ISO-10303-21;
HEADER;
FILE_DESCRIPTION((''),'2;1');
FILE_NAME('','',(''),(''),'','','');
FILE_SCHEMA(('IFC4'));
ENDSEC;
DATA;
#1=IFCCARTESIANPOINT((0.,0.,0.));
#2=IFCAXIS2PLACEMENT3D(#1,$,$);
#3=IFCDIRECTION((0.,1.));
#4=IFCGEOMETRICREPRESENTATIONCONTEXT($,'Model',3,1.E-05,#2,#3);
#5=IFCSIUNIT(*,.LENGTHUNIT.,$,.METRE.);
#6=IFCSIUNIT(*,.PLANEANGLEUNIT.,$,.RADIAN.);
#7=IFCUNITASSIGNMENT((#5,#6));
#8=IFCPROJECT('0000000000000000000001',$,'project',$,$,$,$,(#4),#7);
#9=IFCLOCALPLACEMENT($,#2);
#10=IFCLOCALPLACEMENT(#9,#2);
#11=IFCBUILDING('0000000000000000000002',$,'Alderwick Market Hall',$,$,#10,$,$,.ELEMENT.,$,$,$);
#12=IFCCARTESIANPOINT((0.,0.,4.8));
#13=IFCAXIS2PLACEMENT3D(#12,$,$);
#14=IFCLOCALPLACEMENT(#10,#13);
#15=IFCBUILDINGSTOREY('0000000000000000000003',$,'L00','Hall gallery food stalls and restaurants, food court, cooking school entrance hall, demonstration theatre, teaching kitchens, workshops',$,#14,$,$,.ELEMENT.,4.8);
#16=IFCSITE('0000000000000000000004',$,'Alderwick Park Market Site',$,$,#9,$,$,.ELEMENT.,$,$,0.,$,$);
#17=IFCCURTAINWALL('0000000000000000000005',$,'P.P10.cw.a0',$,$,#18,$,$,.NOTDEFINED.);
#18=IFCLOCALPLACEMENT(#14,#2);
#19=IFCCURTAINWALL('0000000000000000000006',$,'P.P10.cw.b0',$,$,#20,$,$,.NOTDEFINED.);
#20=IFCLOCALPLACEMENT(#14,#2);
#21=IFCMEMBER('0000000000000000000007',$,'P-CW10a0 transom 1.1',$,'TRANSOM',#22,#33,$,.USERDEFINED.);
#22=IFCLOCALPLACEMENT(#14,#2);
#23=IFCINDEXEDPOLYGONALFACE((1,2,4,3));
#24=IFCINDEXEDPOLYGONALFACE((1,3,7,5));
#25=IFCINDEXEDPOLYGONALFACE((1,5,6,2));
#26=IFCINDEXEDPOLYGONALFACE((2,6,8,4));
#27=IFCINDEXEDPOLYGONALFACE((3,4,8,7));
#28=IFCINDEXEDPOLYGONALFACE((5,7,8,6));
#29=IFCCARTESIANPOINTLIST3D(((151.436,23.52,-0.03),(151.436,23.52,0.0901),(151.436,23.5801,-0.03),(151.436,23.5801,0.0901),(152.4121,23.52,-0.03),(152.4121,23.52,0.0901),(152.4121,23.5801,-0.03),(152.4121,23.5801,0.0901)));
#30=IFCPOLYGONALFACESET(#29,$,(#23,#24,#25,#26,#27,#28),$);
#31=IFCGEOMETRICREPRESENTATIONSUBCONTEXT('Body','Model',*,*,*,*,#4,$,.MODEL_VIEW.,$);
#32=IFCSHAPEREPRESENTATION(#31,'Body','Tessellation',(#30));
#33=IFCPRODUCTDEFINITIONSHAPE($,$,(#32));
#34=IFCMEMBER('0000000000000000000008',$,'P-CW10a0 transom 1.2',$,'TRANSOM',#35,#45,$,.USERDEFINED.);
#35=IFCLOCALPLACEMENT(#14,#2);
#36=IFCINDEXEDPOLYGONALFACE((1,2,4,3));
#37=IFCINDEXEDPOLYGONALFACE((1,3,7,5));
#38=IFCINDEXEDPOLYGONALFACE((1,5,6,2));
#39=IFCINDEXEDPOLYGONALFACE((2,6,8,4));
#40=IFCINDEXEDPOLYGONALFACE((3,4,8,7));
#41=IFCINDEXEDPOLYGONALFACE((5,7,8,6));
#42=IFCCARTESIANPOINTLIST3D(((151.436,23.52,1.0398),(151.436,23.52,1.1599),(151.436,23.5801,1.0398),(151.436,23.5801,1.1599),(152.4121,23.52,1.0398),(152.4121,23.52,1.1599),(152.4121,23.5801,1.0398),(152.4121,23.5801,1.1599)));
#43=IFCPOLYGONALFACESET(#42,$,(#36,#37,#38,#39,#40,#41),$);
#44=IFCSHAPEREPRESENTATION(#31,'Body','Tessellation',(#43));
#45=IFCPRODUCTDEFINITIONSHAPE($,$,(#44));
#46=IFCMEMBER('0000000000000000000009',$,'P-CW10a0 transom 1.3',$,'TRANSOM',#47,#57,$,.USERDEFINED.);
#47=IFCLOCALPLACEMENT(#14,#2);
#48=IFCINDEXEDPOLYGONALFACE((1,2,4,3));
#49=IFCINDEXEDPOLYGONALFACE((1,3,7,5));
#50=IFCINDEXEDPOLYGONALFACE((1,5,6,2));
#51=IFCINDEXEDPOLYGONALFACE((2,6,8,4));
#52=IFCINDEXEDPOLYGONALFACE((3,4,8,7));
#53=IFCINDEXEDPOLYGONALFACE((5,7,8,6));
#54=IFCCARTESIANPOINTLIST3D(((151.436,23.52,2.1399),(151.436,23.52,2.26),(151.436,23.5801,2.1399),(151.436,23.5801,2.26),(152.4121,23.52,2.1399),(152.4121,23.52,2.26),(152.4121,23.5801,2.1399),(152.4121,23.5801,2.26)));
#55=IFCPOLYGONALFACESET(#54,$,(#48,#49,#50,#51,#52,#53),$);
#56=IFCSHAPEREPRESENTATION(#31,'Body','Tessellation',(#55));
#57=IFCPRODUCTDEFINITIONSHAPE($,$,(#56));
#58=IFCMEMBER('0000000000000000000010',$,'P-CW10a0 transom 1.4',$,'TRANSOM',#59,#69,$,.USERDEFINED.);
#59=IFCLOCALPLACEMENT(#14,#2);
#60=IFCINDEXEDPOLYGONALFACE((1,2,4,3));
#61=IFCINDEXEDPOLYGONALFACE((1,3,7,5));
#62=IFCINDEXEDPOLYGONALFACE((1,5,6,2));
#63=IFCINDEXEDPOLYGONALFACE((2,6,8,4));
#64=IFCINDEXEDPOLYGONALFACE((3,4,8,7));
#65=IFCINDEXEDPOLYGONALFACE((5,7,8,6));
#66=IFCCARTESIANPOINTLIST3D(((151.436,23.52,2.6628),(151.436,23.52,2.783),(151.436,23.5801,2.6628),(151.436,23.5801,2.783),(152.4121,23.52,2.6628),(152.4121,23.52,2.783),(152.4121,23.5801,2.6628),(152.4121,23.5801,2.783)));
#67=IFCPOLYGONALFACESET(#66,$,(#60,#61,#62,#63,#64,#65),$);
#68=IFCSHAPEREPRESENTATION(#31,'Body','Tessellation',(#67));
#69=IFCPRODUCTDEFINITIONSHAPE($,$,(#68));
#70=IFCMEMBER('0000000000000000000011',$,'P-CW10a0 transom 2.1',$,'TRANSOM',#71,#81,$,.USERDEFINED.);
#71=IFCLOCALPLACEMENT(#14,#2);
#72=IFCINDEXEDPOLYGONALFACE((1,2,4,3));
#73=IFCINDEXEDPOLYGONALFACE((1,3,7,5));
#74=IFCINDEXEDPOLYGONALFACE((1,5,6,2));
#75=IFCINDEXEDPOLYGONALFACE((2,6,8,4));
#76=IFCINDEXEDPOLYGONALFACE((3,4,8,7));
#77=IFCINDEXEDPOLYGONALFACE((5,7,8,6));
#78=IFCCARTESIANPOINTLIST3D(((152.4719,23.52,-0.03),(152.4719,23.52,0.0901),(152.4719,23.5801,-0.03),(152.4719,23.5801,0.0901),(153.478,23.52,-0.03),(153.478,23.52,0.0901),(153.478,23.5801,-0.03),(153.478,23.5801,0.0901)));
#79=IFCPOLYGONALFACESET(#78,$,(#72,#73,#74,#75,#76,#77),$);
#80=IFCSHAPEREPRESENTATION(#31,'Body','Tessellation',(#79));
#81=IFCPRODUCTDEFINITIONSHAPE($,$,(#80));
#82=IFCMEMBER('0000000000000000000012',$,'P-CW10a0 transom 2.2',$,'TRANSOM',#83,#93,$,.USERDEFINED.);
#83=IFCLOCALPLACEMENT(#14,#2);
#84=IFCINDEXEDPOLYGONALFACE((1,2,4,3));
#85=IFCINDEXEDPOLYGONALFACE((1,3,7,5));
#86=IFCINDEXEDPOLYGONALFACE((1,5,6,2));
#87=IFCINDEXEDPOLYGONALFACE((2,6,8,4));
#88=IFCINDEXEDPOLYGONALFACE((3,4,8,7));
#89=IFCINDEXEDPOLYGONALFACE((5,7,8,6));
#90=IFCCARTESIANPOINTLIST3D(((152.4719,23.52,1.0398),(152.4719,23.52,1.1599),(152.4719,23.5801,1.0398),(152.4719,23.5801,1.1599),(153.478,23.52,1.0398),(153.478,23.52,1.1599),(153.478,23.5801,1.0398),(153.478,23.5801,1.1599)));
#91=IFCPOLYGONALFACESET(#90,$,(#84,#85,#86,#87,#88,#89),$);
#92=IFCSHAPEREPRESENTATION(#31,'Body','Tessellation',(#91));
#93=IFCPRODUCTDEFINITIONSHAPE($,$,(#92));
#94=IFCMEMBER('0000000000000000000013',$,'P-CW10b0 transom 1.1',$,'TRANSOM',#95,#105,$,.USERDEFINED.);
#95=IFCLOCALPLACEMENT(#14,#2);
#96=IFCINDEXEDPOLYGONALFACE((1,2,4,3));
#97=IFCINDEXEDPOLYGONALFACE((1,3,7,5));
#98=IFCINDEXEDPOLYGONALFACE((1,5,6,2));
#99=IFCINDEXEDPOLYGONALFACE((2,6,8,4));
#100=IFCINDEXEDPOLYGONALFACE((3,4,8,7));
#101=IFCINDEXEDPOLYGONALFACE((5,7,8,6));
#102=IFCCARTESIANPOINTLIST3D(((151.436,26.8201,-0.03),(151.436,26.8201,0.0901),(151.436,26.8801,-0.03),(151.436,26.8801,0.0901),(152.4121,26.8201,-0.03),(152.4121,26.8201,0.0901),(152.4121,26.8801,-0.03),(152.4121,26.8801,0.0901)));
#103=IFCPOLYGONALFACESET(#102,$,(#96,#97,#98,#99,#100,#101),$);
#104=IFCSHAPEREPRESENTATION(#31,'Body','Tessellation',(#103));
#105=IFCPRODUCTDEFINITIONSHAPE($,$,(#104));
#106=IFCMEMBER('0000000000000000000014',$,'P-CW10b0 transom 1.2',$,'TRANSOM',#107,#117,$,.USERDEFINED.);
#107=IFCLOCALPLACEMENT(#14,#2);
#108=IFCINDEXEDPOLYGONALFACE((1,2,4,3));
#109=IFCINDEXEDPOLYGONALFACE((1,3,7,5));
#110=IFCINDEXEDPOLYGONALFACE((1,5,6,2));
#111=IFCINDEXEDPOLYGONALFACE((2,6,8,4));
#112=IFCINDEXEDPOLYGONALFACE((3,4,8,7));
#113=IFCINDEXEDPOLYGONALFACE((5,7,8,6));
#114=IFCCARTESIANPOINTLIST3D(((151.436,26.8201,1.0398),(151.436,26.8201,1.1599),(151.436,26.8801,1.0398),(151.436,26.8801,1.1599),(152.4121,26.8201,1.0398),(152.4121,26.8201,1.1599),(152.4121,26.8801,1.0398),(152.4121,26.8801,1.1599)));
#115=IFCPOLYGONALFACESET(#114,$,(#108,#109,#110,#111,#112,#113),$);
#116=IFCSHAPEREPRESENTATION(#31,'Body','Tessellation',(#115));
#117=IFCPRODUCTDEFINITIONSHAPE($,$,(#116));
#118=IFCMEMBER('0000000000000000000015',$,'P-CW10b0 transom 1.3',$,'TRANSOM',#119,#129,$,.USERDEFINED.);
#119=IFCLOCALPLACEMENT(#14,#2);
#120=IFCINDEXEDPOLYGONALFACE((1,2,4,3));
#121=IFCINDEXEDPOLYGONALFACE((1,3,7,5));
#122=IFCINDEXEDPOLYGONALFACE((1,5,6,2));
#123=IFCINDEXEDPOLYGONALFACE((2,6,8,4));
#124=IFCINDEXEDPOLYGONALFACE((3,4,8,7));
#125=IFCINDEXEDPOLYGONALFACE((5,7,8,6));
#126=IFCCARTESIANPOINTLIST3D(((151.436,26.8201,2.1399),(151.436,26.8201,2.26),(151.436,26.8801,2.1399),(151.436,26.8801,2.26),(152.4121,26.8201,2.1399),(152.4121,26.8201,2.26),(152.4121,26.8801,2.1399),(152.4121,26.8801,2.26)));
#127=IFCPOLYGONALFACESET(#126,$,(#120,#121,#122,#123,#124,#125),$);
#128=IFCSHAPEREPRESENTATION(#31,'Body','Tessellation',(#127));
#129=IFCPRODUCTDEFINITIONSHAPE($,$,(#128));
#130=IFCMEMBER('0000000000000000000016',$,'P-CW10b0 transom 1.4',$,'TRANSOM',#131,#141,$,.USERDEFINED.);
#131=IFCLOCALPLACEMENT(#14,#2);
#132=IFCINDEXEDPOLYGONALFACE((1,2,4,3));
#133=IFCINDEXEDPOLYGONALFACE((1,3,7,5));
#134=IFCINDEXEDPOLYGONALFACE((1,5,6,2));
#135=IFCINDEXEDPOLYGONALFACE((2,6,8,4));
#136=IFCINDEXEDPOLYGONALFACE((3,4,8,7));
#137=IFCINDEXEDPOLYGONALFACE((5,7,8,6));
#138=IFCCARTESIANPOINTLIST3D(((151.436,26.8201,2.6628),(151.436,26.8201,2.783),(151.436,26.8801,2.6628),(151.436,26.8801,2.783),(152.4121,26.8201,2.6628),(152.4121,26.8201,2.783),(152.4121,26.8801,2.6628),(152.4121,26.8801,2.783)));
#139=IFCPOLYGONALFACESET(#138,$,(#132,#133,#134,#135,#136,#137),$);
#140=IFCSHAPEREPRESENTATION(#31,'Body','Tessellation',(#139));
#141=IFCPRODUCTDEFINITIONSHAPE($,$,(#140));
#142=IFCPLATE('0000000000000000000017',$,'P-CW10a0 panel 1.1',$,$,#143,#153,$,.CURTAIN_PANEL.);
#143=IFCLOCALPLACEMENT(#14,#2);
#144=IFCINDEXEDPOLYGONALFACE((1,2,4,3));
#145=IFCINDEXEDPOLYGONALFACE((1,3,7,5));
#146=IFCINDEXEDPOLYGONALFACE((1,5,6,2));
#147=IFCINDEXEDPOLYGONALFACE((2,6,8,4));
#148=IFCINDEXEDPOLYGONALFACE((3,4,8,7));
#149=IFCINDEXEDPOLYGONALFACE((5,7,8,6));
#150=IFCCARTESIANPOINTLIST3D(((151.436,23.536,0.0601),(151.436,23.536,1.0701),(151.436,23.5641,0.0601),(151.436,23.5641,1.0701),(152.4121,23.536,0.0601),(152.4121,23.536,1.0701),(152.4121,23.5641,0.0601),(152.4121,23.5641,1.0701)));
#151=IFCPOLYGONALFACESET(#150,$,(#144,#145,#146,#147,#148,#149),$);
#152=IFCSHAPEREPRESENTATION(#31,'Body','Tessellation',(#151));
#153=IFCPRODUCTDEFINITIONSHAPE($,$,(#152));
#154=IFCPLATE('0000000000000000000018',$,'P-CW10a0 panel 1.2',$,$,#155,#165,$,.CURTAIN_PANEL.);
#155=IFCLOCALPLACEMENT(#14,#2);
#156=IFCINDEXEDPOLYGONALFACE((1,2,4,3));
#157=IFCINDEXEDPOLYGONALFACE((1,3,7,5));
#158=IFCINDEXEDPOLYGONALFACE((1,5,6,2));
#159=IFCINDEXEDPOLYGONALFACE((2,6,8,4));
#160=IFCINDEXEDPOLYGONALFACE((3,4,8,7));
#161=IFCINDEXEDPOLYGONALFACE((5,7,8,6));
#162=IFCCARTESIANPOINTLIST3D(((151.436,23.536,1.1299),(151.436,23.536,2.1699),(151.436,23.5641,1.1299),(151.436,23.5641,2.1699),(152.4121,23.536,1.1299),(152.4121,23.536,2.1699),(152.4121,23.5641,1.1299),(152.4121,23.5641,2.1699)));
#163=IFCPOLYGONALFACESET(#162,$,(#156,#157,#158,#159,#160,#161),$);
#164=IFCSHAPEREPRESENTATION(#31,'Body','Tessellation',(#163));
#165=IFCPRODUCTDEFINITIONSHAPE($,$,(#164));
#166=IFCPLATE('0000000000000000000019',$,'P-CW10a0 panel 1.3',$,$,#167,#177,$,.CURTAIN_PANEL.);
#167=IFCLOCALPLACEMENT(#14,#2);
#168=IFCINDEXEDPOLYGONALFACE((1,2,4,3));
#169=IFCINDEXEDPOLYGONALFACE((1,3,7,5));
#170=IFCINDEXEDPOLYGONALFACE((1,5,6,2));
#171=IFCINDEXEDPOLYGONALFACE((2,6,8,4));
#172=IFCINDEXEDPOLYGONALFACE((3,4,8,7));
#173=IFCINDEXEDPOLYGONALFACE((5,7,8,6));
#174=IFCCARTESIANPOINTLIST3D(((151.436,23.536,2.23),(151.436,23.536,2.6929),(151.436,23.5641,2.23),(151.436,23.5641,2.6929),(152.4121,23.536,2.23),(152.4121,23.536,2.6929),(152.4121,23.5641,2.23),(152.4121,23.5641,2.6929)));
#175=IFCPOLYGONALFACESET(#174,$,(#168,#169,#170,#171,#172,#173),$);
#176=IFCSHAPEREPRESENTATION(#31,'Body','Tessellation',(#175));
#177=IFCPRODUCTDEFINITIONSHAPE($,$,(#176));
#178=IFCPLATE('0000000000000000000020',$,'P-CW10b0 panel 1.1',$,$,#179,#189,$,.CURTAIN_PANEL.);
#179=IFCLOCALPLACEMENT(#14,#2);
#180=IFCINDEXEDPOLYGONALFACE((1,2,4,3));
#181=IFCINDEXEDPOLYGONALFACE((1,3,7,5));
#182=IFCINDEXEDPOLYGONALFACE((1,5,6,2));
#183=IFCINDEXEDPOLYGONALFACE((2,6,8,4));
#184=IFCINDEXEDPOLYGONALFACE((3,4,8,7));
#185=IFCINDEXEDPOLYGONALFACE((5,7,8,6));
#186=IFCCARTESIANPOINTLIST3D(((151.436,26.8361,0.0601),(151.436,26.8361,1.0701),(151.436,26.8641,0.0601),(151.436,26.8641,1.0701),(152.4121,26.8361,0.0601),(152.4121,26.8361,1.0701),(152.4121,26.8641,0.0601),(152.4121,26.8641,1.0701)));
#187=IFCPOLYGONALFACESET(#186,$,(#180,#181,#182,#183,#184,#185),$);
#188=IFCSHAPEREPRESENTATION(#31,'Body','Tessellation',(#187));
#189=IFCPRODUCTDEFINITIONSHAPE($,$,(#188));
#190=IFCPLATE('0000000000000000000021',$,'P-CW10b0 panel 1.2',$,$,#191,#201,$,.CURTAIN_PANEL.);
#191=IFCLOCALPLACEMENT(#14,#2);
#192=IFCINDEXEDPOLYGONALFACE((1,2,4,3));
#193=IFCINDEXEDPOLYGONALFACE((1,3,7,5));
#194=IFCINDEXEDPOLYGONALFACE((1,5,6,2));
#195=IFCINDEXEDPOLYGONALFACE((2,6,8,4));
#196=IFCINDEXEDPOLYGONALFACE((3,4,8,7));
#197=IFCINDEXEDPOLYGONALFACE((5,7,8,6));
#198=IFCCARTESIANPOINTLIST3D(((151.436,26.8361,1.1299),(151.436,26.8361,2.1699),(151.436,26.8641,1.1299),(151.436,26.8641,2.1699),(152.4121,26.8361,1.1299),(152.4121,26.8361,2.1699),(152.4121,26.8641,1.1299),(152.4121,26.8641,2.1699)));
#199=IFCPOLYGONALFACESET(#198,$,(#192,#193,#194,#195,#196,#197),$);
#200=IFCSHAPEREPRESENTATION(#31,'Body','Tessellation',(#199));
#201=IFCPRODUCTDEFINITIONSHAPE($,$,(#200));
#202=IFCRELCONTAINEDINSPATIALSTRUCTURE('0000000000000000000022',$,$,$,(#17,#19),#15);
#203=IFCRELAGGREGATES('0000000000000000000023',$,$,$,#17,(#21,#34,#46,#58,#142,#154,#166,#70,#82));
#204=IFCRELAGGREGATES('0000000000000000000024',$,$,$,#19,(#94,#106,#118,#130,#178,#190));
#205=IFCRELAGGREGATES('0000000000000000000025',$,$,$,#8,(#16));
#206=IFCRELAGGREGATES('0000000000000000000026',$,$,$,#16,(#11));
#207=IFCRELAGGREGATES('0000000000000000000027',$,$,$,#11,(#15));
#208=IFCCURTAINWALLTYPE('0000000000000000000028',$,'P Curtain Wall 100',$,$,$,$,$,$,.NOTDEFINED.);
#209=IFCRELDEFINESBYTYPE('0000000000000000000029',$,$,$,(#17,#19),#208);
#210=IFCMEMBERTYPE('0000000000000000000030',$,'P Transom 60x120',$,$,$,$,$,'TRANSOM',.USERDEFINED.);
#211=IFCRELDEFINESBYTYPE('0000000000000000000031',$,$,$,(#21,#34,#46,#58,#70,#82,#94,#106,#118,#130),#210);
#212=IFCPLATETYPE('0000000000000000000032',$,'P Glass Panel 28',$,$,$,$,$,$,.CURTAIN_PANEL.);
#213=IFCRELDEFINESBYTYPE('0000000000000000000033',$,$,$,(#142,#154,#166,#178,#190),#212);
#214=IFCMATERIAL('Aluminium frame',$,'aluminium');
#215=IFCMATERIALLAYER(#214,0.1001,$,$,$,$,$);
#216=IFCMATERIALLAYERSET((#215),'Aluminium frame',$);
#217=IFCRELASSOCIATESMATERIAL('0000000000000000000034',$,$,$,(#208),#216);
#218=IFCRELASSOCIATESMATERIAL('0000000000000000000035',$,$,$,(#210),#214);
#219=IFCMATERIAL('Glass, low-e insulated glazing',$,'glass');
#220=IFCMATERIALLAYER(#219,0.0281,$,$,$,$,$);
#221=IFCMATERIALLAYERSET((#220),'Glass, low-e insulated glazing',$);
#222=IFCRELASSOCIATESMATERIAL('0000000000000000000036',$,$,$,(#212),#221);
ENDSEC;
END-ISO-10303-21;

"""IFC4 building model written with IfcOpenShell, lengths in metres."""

from ifc_helpers import new_model, si_unit, direction, frame, origin, origin_2d, place, context, subcontext, project, spatial, rectangle, extrude, material, layer, layer_set, material_profile, profile_set, type_object, element, aggregate, save


model = new_model("IFC4")

# Units and contexts
model_context = context("Model", 3, precision=1e-05, world=origin(), true_north=direction((0.0, 1.0)))
body_context = subcontext(model_context, "Body", "Model", "MODEL_VIEW")
ifc_project = project(units=[si_unit("LENGTHUNIT", "METRE"), si_unit("PLANEANGLEUNIT", "RADIAN")], contexts=[model_context])

# Site, building, storey
site_placement = place(None, origin())
site = spatial("IfcSite", under=ifc_project, at=site_placement, Name="Alderwick Park Market Site", CompositionType="ELEMENT", RefElevation=0.0)
building_placement = place(site_placement, origin())
building = spatial("IfcBuilding", under=site, at=building_placement, Name="Alderwick Market Hall", CompositionType="ELEMENT")
storey_placement = place(building_placement, frame((0.0, 0.0, 4.8)))
storey = spatial("IfcBuildingStorey", under=building, at=storey_placement, Name="L00", Description="Hall gallery food stalls and restaurants, food court, cooking school entrance hall, demonstration theatre, teaching kitchens, workshops", CompositionType="ELEMENT", Elevation=4.8)

# Curtain walls
ifc_material_1 = material(Name="Aluminium frame", Category="aluminium")
ifc_layer_1 = layer(ifc_material_1, 0.1001)
ifc_layer_set_1 = layer_set([ifc_layer_1], Name="Aluminium frame")
curtain_wall_type = type_object("IfcCurtainWallType", Name="P Curtain Wall 100", PredefinedType="NOTDEFINED", material=ifc_layer_set_1)
curtain_wall_1_placement = place(storey_placement, origin())
curtain_wall_1 = element("IfcCurtainWall", 1, at=curtain_wall_1_placement, inside=storey, type_object=curtain_wall_type, Name="P.P10.cw.a0", PredefinedType="NOTDEFINED")
curtain_wall_2_placement = place(storey_placement, origin())
curtain_wall_2 = element("IfcCurtainWall", 2, at=curtain_wall_2_placement, inside=storey, type_object=curtain_wall_type, Name="P.P10.cw.b0", PredefinedType="NOTDEFINED")

# Members
ifc_material_profile_1 = material_profile(ifc_material_1, rectangle(XDim=0.0601, YDim=0.1201, at=origin_2d()), Name="P Transom 60x120")
ifc_profile_set_1 = profile_set([ifc_material_profile_1], Name="Aluminium frame")
member_type_1 = type_object("IfcMemberType", Name="P Transom 60x120", ElementType="TRANSOM", PredefinedType="USERDEFINED", material=ifc_profile_set_1)
member_1_placement = place(storey_placement, frame((151.436, 23.55, 0.03), z_axis=(1.0, 0.0, 0.0), x_axis=(0.0, 1.0, 0.0)))
member_1 = element("IfcMember", 3, at=member_1_placement, type_object=member_type_1, Name="P-CW10a0 transom 1.1", ObjectType="TRANSOM", PredefinedType="USERDEFINED", context=body_context, shape_type="SweptSolid", body=[
    extrude(rectangle(XDim=0.0601, YDim=0.1201, at=origin_2d()), origin(), (0.0, 0.0, 1.0), 0.9761),
])
member_2_placement = place(storey_placement, frame((151.436, 23.55, 1.0999), z_axis=(1.0, 0.0, 0.0), x_axis=(0.0, 1.0, 0.0)))
member_2 = element("IfcMember", 4, at=member_2_placement, type_object=member_type_1, Name="P-CW10a0 transom 1.2", ObjectType="TRANSOM", PredefinedType="USERDEFINED", context=body_context, shape_type="SweptSolid", body=[
    extrude(rectangle(XDim=0.0601, YDim=0.1201, at=origin_2d()), origin(), (0.0, 0.0, 1.0), 0.9761),
])
member_3_placement = place(storey_placement, frame((151.436, 23.55, 2.2), z_axis=(1.0, 0.0, 0.0), x_axis=(0.0, 1.0, 0.0)))
member_3 = element("IfcMember", 5, at=member_3_placement, type_object=member_type_1, Name="P-CW10a0 transom 1.3", ObjectType="TRANSOM", PredefinedType="USERDEFINED", context=body_context, shape_type="SweptSolid", body=[
    extrude(rectangle(XDim=0.0601, YDim=0.1201, at=origin_2d()), origin(), (0.0, 0.0, 1.0), 0.9761),
])
member_4_placement = place(storey_placement, frame((151.436, 23.55, 2.7229), z_axis=(1.0, 0.0, 0.0), x_axis=(0.0, 1.0, 0.0)))
member_4 = element("IfcMember", 6, at=member_4_placement, type_object=member_type_1, Name="P-CW10a0 transom 1.4", ObjectType="TRANSOM", PredefinedType="USERDEFINED", context=body_context, shape_type="SweptSolid", body=[
    extrude(rectangle(XDim=0.0601, YDim=0.1201, at=origin_2d()), origin(), (0.0, 0.0, 1.0), 0.9761),
])
member_5_placement = place(storey_placement, frame((152.4719, 23.55, 0.03), z_axis=(1.0, 0.0, 0.0), x_axis=(0.0, 1.0, 0.0)))
member_5 = element("IfcMember", 7, at=member_5_placement, type_object=member_type_1, Name="P-CW10a0 transom 2.1", ObjectType="TRANSOM", PredefinedType="USERDEFINED", context=body_context, shape_type="SweptSolid", body=[
    extrude(rectangle(XDim=0.0601, YDim=0.1201, at=origin_2d()), origin(), (0.0, 0.0, 1.0), 1.0061),
])
member_6_placement = place(storey_placement, frame((152.4719, 23.55, 1.0999), z_axis=(1.0, 0.0, 0.0), x_axis=(0.0, 1.0, 0.0)))
member_6 = element("IfcMember", 8, at=member_6_placement, type_object=member_type_1, Name="P-CW10a0 transom 2.2", ObjectType="TRANSOM", PredefinedType="USERDEFINED", context=body_context, shape_type="SweptSolid", body=[
    extrude(rectangle(XDim=0.0601, YDim=0.1201, at=origin_2d()), origin(), (0.0, 0.0, 1.0), 1.0061),
])
member_7_placement = place(storey_placement, frame((151.436, 26.8501, 0.03), z_axis=(1.0, 0.0, 0.0), x_axis=(0.0, 1.0, 0.0)))
member_7 = element("IfcMember", 9, at=member_7_placement, type_object=member_type_1, Name="P-CW10b0 transom 1.1", ObjectType="TRANSOM", PredefinedType="USERDEFINED", context=body_context, shape_type="SweptSolid", body=[
    extrude(rectangle(XDim=0.0601, YDim=0.1201, at=origin_2d()), origin(), (0.0, 0.0, 1.0), 0.9761),
])
member_8_placement = place(storey_placement, frame((151.436, 26.8501, 1.0999), z_axis=(1.0, 0.0, 0.0), x_axis=(0.0, 1.0, 0.0)))
member_8 = element("IfcMember", 10, at=member_8_placement, type_object=member_type_1, Name="P-CW10b0 transom 1.2", ObjectType="TRANSOM", PredefinedType="USERDEFINED", context=body_context, shape_type="SweptSolid", body=[
    extrude(rectangle(XDim=0.0601, YDim=0.1201, at=origin_2d()), origin(), (0.0, 0.0, 1.0), 0.9761),
])
member_9_placement = place(storey_placement, frame((151.436, 26.8501, 2.2), z_axis=(1.0, 0.0, 0.0), x_axis=(0.0, 1.0, 0.0)))
member_9 = element("IfcMember", 11, at=member_9_placement, type_object=member_type_1, Name="P-CW10b0 transom 1.3", ObjectType="TRANSOM", PredefinedType="USERDEFINED", context=body_context, shape_type="SweptSolid", body=[
    extrude(rectangle(XDim=0.0601, YDim=0.1201, at=origin_2d()), origin(), (0.0, 0.0, 1.0), 0.9761),
])
member_10_placement = place(storey_placement, frame((151.436, 26.8501, 2.7229), z_axis=(1.0, 0.0, 0.0), x_axis=(0.0, 1.0, 0.0)))
member_10 = element("IfcMember", 12, at=member_10_placement, type_object=member_type_1, Name="P-CW10b0 transom 1.4", ObjectType="TRANSOM", PredefinedType="USERDEFINED", context=body_context, shape_type="SweptSolid", body=[
    extrude(rectangle(XDim=0.0601, YDim=0.1201, at=origin_2d()), origin(), (0.0, 0.0, 1.0), 0.9761),
])

# Plates
ifc_material_2 = material(Name="Glass, low-e insulated glazing", Category="glass")
ifc_layer_2 = layer(ifc_material_2, 0.0281)
ifc_layer_set_2 = layer_set([ifc_layer_2], Name="Glass, low-e insulated glazing")
plate_type = type_object("IfcPlateType", Name="P Glass Panel 28", PredefinedType="CURTAIN_PANEL", material=ifc_layer_set_2)
plate_1_placement = place(storey_placement, frame((151.9241, 23.55, 0.0601), z_axis=(0.0, 0.0, 1.0), x_axis=(1.0, 0.0, 0.0)))
plate_1 = element("IfcPlate", 13, at=plate_1_placement, type_object=plate_type, Name="P-CW10a0 panel 1.1", PredefinedType="CURTAIN_PANEL", context=body_context, shape_type="SweptSolid", body=[
    extrude(rectangle(XDim=0.9761, YDim=0.0281, at=origin_2d()), origin(), (0.0, 0.0, 1.0), 1.01),
])
plate_2_placement = place(storey_placement, frame((151.9241, 23.55, 1.1299), z_axis=(0.0, 0.0, 1.0), x_axis=(1.0, 0.0, 0.0)))
plate_2 = element("IfcPlate", 14, at=plate_2_placement, type_object=plate_type, Name="P-CW10a0 panel 1.2", PredefinedType="CURTAIN_PANEL", context=body_context, shape_type="SweptSolid", body=[
    extrude(rectangle(XDim=0.9761, YDim=0.0281, at=origin_2d()), origin(), (0.0, 0.0, 1.0), 1.04),
])
plate_3_placement = place(storey_placement, frame((151.9241, 23.55, 2.23), z_axis=(0.0, 0.0, 1.0), x_axis=(1.0, 0.0, 0.0)))
plate_3 = element("IfcPlate", 15, at=plate_3_placement, type_object=plate_type, Name="P-CW10a0 panel 1.3", PredefinedType="CURTAIN_PANEL", context=body_context, shape_type="SweptSolid", body=[
    extrude(rectangle(XDim=0.9761, YDim=0.0281, at=origin_2d()), origin(), (0.0, 0.0, 1.0), 0.4629),
])
aggregate(curtain_wall_1, [member_1, member_2, member_3, member_4, plate_1, plate_2, plate_3, member_5, member_6])
plate_4_placement = place(storey_placement, frame((151.9241, 26.8501, 0.0601), z_axis=(0.0, 0.0, 1.0), x_axis=(1.0, 0.0, 0.0)))
plate_4 = element("IfcPlate", 16, at=plate_4_placement, type_object=plate_type, Name="P-CW10b0 panel 1.1", PredefinedType="CURTAIN_PANEL", context=body_context, shape_type="SweptSolid", body=[
    extrude(rectangle(XDim=0.9761, YDim=0.0281, at=origin_2d()), origin(), (0.0, 0.0, 1.0), 1.01),
])
plate_5_placement = place(storey_placement, frame((151.9241, 26.8501, 1.1299), z_axis=(0.0, 0.0, 1.0), x_axis=(1.0, 0.0, 0.0)))
plate_5 = element("IfcPlate", 17, at=plate_5_placement, type_object=plate_type, Name="P-CW10b0 panel 1.2", PredefinedType="CURTAIN_PANEL", context=body_context, shape_type="SweptSolid", body=[
    extrude(rectangle(XDim=0.9761, YDim=0.0281, at=origin_2d()), origin(), (0.0, 0.0, 1.0), 1.04),
])
aggregate(curtain_wall_2, [member_7, member_8, member_9, member_10, plate_4, plate_5])

save(model, "model.ifc")
